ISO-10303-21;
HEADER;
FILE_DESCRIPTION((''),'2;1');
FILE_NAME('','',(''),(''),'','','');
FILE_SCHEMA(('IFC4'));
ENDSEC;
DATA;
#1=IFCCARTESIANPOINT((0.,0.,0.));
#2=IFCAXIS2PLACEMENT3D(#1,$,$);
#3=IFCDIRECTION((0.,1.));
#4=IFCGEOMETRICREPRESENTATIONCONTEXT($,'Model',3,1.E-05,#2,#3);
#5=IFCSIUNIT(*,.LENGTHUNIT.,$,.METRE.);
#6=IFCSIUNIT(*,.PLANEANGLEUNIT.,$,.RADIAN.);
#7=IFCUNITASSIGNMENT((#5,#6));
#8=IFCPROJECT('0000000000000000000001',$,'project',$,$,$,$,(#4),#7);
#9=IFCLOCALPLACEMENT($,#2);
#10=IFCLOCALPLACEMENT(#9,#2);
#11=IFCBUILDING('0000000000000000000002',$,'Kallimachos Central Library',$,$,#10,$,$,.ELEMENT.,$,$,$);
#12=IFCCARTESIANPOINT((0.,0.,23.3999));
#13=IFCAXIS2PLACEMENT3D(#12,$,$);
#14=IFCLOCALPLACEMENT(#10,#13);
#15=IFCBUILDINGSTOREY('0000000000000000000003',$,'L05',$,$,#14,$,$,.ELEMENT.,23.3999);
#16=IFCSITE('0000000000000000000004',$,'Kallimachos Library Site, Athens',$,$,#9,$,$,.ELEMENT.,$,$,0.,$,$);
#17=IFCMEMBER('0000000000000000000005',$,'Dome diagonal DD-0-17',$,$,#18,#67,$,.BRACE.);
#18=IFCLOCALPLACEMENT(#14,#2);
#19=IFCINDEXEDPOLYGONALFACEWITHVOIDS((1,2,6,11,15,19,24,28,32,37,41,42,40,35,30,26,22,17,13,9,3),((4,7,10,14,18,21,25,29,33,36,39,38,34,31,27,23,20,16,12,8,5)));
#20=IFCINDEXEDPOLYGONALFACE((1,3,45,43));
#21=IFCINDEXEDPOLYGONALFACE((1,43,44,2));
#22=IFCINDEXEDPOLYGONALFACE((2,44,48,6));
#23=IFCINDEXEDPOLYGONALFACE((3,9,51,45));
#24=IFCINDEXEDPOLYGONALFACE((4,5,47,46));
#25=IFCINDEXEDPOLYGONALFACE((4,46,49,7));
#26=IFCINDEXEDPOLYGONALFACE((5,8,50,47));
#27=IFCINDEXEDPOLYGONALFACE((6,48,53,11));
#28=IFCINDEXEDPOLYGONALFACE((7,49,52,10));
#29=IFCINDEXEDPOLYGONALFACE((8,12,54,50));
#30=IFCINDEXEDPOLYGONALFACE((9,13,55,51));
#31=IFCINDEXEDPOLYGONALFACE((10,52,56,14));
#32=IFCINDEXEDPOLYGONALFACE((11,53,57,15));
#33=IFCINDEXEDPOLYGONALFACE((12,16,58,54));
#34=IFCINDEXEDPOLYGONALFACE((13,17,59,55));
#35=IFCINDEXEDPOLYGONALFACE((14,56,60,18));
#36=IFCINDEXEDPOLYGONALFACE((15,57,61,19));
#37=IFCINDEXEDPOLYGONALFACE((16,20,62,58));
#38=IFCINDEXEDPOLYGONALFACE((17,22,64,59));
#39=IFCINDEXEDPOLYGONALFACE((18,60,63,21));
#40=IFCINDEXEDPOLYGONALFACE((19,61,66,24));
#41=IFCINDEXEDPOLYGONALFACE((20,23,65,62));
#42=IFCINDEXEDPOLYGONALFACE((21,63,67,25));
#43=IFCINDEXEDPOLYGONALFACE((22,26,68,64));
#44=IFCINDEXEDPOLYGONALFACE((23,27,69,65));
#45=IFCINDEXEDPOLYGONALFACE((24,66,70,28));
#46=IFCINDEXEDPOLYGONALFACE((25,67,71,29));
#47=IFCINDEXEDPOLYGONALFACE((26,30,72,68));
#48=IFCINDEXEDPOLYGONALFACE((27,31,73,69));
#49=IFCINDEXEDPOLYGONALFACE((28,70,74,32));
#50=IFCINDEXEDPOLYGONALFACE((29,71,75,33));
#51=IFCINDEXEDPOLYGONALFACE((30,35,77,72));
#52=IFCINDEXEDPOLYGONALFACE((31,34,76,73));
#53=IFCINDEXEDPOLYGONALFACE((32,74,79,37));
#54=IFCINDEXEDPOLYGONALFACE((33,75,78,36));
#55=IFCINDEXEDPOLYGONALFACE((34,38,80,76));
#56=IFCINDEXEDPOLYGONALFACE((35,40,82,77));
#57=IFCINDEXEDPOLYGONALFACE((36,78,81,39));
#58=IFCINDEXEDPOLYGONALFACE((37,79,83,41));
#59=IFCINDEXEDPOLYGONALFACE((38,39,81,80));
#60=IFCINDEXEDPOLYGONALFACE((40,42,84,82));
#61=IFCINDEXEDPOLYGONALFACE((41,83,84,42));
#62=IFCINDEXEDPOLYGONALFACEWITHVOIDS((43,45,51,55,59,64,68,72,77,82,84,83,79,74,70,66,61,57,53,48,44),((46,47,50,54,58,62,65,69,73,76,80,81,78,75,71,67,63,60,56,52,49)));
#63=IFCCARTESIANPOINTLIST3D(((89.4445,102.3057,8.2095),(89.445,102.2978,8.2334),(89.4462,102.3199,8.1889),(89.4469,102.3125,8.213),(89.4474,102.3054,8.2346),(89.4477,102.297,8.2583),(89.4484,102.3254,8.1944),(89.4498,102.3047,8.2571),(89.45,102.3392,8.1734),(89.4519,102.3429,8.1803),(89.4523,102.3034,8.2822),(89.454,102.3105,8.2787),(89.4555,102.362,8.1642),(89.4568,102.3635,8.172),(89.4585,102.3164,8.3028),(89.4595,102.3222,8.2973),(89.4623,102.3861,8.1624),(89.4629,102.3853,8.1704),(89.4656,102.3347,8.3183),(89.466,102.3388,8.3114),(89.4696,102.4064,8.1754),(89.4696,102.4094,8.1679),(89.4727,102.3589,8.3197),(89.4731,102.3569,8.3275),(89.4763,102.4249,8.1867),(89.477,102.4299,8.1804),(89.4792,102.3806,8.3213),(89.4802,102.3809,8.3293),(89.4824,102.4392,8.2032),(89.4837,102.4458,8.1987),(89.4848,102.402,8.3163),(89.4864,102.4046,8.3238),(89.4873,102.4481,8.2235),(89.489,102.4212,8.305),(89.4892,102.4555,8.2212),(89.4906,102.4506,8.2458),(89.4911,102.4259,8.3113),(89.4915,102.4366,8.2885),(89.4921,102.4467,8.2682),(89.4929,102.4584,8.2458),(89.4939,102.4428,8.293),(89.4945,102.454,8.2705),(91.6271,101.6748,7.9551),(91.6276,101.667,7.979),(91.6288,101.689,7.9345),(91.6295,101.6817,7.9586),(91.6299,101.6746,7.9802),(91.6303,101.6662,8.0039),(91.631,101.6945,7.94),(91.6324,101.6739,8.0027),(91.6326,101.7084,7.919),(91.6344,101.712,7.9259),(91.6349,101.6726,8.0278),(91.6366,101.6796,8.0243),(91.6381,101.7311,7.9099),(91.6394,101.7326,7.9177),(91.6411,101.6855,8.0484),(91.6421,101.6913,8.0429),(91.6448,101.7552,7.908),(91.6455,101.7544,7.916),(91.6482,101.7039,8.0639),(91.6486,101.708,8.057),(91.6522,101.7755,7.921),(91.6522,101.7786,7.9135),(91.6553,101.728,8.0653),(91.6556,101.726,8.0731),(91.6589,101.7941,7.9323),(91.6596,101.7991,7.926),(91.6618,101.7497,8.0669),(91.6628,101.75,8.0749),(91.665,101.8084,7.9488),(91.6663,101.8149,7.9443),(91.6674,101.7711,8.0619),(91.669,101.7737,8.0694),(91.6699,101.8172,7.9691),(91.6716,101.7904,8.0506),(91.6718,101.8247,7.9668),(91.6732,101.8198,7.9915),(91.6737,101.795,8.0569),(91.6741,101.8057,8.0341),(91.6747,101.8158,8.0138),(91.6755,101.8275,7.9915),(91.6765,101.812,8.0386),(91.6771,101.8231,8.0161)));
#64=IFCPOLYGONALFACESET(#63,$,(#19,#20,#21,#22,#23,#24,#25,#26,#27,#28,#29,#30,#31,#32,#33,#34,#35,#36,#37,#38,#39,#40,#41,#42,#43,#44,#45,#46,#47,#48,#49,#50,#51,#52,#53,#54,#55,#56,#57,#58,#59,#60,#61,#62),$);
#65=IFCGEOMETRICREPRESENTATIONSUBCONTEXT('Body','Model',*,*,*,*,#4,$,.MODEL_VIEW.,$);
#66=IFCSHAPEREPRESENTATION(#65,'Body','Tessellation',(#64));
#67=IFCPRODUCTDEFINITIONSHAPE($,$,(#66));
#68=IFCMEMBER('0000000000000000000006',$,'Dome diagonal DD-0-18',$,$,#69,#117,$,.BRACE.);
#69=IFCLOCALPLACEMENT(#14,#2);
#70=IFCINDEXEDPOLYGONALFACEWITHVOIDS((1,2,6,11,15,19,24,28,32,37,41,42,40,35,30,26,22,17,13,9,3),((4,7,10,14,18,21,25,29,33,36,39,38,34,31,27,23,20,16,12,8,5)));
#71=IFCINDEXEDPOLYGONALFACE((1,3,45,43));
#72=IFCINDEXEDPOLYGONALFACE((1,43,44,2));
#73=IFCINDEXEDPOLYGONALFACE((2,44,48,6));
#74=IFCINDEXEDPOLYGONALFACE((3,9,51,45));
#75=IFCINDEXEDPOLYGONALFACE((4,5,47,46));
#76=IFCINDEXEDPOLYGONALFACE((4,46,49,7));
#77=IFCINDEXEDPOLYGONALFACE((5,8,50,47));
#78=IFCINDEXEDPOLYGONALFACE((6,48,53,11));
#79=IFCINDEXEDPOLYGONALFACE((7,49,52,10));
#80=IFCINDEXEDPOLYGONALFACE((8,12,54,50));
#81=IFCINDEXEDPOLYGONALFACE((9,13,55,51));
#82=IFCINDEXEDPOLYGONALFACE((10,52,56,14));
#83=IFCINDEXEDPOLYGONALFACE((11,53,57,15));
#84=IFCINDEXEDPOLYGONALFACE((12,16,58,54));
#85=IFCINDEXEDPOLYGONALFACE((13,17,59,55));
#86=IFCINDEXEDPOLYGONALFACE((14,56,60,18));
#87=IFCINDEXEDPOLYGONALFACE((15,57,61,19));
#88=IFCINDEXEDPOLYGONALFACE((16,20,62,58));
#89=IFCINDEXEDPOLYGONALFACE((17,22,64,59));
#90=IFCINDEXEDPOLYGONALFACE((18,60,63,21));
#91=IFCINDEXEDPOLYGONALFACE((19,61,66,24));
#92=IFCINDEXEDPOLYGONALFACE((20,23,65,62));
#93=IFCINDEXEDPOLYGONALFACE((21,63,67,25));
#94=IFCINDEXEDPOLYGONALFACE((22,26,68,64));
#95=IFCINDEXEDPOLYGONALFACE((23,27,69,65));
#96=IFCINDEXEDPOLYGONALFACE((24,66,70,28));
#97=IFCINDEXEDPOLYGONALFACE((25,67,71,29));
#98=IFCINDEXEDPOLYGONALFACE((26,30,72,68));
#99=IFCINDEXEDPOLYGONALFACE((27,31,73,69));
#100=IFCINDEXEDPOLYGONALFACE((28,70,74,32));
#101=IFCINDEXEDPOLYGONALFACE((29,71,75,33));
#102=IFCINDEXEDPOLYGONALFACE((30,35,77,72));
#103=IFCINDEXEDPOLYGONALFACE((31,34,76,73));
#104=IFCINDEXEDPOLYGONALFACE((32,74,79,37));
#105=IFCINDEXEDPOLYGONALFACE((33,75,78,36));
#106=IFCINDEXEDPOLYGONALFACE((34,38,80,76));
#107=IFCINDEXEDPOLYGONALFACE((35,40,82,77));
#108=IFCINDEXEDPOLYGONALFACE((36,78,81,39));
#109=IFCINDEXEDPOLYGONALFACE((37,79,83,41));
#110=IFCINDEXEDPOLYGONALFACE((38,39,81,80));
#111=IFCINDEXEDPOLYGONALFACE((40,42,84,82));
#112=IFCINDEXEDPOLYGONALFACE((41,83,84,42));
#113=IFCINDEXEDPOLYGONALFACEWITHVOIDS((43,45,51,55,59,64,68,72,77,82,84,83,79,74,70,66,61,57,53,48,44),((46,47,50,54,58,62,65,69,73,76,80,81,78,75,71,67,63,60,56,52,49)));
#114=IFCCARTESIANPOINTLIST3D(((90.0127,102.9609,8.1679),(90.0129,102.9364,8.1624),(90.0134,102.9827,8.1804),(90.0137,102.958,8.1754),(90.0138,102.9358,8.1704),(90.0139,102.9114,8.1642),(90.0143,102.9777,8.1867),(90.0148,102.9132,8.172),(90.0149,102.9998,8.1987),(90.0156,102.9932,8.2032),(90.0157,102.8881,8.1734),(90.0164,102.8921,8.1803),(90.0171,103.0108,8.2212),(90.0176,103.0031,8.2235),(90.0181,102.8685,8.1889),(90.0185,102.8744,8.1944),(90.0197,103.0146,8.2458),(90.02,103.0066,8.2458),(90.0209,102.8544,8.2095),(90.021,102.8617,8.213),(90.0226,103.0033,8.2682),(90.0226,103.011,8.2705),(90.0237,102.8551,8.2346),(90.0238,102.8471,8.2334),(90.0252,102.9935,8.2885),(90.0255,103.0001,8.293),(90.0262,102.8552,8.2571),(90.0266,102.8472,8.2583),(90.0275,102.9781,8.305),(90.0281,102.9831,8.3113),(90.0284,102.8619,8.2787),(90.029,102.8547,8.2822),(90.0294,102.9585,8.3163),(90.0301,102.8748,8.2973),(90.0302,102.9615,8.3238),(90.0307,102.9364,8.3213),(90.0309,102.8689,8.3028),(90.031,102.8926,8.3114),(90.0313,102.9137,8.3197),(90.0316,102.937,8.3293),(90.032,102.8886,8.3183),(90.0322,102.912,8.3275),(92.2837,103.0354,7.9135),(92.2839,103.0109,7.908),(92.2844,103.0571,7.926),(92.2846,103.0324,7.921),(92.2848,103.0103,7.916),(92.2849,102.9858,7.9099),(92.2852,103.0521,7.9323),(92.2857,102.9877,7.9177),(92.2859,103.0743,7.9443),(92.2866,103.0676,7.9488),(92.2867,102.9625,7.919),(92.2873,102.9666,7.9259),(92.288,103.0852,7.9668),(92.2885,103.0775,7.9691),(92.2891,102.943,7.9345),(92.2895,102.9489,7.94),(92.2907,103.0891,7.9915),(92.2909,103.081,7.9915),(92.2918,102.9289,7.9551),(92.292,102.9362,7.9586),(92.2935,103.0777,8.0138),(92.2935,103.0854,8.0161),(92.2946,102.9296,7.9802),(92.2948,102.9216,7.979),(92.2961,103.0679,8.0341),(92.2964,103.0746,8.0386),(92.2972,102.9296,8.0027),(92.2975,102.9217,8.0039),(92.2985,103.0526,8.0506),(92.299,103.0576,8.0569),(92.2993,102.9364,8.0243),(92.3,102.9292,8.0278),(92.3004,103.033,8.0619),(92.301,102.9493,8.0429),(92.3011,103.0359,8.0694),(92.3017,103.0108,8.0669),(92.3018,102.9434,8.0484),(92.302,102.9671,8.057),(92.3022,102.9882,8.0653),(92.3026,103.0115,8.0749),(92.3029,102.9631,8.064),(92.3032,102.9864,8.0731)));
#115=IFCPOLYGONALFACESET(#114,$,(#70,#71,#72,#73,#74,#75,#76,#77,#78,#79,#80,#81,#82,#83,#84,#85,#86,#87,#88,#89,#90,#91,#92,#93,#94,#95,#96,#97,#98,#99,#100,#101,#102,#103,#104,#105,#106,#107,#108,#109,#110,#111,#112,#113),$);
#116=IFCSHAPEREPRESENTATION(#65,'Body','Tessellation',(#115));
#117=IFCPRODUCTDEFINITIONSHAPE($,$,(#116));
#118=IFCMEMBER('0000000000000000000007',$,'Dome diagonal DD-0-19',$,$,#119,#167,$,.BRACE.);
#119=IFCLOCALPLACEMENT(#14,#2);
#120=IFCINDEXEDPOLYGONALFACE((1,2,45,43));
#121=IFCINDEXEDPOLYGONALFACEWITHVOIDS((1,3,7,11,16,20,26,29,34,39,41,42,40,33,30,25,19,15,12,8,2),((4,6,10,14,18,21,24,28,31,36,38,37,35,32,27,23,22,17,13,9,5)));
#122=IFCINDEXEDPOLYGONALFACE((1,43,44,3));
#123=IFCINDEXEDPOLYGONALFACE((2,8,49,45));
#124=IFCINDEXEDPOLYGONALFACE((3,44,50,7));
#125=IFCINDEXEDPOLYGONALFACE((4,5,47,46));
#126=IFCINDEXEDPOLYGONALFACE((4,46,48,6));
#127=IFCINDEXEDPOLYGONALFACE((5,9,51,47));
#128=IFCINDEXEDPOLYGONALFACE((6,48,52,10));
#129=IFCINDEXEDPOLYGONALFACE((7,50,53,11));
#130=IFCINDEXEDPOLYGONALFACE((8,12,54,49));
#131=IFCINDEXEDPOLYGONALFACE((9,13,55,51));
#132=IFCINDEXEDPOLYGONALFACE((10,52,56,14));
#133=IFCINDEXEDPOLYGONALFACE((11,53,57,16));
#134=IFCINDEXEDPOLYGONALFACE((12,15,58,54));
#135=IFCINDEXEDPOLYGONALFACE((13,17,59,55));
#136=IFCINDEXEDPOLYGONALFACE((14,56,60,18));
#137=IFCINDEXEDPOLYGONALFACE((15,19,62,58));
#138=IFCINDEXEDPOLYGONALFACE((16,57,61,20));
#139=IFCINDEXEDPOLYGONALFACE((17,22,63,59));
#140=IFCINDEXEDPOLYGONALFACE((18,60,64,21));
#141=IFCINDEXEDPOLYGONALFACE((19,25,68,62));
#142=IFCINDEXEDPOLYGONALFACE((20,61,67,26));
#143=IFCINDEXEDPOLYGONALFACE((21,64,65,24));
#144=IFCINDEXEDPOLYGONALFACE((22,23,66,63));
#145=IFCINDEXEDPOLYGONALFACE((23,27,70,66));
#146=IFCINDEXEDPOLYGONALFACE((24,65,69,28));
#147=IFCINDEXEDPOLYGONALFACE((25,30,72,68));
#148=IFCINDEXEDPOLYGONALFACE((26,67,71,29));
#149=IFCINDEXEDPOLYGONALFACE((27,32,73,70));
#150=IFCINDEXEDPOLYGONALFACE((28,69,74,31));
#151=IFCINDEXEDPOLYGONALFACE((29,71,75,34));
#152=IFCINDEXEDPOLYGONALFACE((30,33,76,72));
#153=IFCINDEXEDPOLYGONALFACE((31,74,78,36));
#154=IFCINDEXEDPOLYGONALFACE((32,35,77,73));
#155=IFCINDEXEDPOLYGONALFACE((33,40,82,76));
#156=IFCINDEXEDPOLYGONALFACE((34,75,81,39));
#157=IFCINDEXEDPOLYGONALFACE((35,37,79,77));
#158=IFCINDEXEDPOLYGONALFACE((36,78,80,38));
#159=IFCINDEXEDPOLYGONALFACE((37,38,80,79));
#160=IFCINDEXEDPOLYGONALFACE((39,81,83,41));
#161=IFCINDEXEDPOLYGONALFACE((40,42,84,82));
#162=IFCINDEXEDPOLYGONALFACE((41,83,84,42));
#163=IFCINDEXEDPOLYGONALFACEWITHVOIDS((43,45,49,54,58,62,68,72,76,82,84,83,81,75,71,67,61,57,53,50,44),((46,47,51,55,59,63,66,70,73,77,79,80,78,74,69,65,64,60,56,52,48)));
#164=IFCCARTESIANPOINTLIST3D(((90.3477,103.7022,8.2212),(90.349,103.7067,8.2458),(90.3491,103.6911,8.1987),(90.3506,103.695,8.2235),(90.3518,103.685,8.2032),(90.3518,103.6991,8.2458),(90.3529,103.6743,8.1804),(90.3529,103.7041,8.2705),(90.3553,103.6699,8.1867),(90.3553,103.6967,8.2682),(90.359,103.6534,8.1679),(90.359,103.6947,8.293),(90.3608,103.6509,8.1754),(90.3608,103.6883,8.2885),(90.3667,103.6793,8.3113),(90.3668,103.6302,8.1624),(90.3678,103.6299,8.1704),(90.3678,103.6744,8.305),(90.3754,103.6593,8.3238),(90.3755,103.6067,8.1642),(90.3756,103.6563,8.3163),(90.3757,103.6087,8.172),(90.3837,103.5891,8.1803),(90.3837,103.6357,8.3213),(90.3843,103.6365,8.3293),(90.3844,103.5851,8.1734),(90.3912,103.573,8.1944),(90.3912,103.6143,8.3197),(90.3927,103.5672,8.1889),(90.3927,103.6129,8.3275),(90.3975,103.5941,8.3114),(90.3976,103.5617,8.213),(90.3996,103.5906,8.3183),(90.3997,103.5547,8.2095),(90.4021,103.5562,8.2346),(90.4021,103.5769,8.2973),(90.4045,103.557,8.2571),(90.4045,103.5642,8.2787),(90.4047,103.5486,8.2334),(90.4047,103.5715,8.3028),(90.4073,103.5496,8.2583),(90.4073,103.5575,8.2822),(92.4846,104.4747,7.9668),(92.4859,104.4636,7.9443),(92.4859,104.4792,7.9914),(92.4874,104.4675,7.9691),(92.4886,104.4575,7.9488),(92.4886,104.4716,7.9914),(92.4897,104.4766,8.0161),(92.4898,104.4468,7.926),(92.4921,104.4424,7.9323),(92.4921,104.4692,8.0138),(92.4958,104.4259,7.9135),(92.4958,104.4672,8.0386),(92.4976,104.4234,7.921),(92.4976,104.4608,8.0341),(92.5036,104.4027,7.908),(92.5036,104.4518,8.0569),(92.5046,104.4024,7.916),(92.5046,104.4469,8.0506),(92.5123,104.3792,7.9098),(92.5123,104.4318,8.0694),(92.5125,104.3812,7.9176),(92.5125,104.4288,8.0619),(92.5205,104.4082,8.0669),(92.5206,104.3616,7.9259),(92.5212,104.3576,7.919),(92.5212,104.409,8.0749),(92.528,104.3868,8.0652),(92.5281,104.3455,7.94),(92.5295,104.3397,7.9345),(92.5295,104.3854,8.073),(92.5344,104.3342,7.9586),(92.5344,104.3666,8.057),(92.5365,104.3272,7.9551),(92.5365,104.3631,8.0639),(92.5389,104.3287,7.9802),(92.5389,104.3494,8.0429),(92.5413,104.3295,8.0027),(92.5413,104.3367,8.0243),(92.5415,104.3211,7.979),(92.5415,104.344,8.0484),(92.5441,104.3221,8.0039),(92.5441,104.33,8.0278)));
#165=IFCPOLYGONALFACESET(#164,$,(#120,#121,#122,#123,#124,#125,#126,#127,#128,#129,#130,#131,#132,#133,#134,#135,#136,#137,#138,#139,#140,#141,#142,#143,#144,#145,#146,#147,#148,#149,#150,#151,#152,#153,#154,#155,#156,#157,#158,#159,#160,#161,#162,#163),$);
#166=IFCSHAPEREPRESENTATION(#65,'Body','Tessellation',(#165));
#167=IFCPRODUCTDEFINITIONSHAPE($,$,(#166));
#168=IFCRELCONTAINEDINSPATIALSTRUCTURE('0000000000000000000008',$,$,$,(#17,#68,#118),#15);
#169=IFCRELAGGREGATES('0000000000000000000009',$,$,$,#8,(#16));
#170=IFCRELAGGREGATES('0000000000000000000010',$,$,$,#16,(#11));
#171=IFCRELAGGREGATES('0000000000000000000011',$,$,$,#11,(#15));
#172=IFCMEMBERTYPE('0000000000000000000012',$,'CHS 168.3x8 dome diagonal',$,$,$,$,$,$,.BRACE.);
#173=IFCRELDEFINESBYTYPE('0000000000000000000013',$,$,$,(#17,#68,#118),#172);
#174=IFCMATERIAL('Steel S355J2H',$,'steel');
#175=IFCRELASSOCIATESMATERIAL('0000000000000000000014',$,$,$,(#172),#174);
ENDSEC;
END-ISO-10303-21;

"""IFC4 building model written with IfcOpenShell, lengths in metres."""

from ifc_helpers import new_model, si_unit, direction, frame, origin, origin_2d, place, context, subcontext, project, spatial, hollow_circle, extrude, material, material_profile, profile_set, type_object, element, save


model = new_model("IFC4")

# Units and contexts
model_context = context("Model", 3, precision=1e-05, world=origin(), true_north=direction((0.0, 1.0)))
body_context = subcontext(model_context, "Body", "Model", "MODEL_VIEW")
ifc_project = project(units=[si_unit("LENGTHUNIT", "METRE"), si_unit("PLANEANGLEUNIT", "RADIAN")], contexts=[model_context])

# Site, building, storey
site_placement = place(None, origin())
site = spatial("IfcSite", under=ifc_project, at=site_placement, Name="Kallimachos Library Site, Athens", CompositionType="ELEMENT", RefElevation=0.0)
building_placement = place(site_placement, origin())
building = spatial("IfcBuilding", under=site, at=building_placement, Name="Kallimachos Central Library", CompositionType="ELEMENT")
storey_placement = place(building_placement, frame((0.0, 0.0, 23.3999)))
storey = spatial("IfcBuildingStorey", under=building, at=storey_placement, Name="L05", CompositionType="ELEMENT", Elevation=23.3999)

# Members
ifc_material_1 = material(Name="Steel S355J2H", Category="steel")
ifc_material_profile_1 = material_profile(ifc_material_1, hollow_circle(Radius=0.0842, WallThickness=0.0081, at=origin_2d()), Name="CHS 168.3x8")
ifc_profile_set_1 = profile_set([ifc_material_profile_1], Name="Steel S355J2H")
member_type_1 = type_object("IfcMemberType", Name="CHS 168.3x8 dome diagonal", PredefinedType="BRACE", material=ifc_profile_set_1)
member_1_placement = place(storey_placement, frame((89.4695, 102.3774, 8.2458), z_axis=(0.95471, -0.275947, -0.111276), x_axis=(0.277672, 0.960676, 0.0)))
element("IfcMember", 1, at=member_1_placement, inside=storey, type_object=member_type_1, Name="Dome diagonal DD-0-17", PredefinedType="BRACE", context=body_context, shape_type="SweptSolid", body=[
    extrude(hollow_circle(Radius=0.0842, WallThickness=0.0081, at=origin_2d()), origin(), (0.0, 0.0, 1.0), 2.2861),
])
for number, where, z_axis, x_axis, name in (
    (2, (90.0225, 102.9304, 8.2458), (0.993257, 0.032568, -0.111264), (-0.032771, 0.999463, 0.0), "Dome diagonal DD-0-18"),
    (3, (90.3777, 103.6274, 8.2458), (0.934592, 0.337871, -0.111271), (-0.339982, 0.940432, 0.0), "Dome diagonal DD-0-19"),
):
    element("IfcMember", number, at=place(storey_placement, frame(where, z_axis=z_axis, x_axis=x_axis)), inside=storey, type_object=member_type_1, Name=name, PredefinedType="BRACE", context=body_context, shape_type="SweptSolid", body=[
        extrude(hollow_circle(Radius=0.0842, WallThickness=0.0081, at=origin_2d()), origin(), (0.0, 0.0, 1.0), 2.2864),
    ])

save(model, "model.ifc")
